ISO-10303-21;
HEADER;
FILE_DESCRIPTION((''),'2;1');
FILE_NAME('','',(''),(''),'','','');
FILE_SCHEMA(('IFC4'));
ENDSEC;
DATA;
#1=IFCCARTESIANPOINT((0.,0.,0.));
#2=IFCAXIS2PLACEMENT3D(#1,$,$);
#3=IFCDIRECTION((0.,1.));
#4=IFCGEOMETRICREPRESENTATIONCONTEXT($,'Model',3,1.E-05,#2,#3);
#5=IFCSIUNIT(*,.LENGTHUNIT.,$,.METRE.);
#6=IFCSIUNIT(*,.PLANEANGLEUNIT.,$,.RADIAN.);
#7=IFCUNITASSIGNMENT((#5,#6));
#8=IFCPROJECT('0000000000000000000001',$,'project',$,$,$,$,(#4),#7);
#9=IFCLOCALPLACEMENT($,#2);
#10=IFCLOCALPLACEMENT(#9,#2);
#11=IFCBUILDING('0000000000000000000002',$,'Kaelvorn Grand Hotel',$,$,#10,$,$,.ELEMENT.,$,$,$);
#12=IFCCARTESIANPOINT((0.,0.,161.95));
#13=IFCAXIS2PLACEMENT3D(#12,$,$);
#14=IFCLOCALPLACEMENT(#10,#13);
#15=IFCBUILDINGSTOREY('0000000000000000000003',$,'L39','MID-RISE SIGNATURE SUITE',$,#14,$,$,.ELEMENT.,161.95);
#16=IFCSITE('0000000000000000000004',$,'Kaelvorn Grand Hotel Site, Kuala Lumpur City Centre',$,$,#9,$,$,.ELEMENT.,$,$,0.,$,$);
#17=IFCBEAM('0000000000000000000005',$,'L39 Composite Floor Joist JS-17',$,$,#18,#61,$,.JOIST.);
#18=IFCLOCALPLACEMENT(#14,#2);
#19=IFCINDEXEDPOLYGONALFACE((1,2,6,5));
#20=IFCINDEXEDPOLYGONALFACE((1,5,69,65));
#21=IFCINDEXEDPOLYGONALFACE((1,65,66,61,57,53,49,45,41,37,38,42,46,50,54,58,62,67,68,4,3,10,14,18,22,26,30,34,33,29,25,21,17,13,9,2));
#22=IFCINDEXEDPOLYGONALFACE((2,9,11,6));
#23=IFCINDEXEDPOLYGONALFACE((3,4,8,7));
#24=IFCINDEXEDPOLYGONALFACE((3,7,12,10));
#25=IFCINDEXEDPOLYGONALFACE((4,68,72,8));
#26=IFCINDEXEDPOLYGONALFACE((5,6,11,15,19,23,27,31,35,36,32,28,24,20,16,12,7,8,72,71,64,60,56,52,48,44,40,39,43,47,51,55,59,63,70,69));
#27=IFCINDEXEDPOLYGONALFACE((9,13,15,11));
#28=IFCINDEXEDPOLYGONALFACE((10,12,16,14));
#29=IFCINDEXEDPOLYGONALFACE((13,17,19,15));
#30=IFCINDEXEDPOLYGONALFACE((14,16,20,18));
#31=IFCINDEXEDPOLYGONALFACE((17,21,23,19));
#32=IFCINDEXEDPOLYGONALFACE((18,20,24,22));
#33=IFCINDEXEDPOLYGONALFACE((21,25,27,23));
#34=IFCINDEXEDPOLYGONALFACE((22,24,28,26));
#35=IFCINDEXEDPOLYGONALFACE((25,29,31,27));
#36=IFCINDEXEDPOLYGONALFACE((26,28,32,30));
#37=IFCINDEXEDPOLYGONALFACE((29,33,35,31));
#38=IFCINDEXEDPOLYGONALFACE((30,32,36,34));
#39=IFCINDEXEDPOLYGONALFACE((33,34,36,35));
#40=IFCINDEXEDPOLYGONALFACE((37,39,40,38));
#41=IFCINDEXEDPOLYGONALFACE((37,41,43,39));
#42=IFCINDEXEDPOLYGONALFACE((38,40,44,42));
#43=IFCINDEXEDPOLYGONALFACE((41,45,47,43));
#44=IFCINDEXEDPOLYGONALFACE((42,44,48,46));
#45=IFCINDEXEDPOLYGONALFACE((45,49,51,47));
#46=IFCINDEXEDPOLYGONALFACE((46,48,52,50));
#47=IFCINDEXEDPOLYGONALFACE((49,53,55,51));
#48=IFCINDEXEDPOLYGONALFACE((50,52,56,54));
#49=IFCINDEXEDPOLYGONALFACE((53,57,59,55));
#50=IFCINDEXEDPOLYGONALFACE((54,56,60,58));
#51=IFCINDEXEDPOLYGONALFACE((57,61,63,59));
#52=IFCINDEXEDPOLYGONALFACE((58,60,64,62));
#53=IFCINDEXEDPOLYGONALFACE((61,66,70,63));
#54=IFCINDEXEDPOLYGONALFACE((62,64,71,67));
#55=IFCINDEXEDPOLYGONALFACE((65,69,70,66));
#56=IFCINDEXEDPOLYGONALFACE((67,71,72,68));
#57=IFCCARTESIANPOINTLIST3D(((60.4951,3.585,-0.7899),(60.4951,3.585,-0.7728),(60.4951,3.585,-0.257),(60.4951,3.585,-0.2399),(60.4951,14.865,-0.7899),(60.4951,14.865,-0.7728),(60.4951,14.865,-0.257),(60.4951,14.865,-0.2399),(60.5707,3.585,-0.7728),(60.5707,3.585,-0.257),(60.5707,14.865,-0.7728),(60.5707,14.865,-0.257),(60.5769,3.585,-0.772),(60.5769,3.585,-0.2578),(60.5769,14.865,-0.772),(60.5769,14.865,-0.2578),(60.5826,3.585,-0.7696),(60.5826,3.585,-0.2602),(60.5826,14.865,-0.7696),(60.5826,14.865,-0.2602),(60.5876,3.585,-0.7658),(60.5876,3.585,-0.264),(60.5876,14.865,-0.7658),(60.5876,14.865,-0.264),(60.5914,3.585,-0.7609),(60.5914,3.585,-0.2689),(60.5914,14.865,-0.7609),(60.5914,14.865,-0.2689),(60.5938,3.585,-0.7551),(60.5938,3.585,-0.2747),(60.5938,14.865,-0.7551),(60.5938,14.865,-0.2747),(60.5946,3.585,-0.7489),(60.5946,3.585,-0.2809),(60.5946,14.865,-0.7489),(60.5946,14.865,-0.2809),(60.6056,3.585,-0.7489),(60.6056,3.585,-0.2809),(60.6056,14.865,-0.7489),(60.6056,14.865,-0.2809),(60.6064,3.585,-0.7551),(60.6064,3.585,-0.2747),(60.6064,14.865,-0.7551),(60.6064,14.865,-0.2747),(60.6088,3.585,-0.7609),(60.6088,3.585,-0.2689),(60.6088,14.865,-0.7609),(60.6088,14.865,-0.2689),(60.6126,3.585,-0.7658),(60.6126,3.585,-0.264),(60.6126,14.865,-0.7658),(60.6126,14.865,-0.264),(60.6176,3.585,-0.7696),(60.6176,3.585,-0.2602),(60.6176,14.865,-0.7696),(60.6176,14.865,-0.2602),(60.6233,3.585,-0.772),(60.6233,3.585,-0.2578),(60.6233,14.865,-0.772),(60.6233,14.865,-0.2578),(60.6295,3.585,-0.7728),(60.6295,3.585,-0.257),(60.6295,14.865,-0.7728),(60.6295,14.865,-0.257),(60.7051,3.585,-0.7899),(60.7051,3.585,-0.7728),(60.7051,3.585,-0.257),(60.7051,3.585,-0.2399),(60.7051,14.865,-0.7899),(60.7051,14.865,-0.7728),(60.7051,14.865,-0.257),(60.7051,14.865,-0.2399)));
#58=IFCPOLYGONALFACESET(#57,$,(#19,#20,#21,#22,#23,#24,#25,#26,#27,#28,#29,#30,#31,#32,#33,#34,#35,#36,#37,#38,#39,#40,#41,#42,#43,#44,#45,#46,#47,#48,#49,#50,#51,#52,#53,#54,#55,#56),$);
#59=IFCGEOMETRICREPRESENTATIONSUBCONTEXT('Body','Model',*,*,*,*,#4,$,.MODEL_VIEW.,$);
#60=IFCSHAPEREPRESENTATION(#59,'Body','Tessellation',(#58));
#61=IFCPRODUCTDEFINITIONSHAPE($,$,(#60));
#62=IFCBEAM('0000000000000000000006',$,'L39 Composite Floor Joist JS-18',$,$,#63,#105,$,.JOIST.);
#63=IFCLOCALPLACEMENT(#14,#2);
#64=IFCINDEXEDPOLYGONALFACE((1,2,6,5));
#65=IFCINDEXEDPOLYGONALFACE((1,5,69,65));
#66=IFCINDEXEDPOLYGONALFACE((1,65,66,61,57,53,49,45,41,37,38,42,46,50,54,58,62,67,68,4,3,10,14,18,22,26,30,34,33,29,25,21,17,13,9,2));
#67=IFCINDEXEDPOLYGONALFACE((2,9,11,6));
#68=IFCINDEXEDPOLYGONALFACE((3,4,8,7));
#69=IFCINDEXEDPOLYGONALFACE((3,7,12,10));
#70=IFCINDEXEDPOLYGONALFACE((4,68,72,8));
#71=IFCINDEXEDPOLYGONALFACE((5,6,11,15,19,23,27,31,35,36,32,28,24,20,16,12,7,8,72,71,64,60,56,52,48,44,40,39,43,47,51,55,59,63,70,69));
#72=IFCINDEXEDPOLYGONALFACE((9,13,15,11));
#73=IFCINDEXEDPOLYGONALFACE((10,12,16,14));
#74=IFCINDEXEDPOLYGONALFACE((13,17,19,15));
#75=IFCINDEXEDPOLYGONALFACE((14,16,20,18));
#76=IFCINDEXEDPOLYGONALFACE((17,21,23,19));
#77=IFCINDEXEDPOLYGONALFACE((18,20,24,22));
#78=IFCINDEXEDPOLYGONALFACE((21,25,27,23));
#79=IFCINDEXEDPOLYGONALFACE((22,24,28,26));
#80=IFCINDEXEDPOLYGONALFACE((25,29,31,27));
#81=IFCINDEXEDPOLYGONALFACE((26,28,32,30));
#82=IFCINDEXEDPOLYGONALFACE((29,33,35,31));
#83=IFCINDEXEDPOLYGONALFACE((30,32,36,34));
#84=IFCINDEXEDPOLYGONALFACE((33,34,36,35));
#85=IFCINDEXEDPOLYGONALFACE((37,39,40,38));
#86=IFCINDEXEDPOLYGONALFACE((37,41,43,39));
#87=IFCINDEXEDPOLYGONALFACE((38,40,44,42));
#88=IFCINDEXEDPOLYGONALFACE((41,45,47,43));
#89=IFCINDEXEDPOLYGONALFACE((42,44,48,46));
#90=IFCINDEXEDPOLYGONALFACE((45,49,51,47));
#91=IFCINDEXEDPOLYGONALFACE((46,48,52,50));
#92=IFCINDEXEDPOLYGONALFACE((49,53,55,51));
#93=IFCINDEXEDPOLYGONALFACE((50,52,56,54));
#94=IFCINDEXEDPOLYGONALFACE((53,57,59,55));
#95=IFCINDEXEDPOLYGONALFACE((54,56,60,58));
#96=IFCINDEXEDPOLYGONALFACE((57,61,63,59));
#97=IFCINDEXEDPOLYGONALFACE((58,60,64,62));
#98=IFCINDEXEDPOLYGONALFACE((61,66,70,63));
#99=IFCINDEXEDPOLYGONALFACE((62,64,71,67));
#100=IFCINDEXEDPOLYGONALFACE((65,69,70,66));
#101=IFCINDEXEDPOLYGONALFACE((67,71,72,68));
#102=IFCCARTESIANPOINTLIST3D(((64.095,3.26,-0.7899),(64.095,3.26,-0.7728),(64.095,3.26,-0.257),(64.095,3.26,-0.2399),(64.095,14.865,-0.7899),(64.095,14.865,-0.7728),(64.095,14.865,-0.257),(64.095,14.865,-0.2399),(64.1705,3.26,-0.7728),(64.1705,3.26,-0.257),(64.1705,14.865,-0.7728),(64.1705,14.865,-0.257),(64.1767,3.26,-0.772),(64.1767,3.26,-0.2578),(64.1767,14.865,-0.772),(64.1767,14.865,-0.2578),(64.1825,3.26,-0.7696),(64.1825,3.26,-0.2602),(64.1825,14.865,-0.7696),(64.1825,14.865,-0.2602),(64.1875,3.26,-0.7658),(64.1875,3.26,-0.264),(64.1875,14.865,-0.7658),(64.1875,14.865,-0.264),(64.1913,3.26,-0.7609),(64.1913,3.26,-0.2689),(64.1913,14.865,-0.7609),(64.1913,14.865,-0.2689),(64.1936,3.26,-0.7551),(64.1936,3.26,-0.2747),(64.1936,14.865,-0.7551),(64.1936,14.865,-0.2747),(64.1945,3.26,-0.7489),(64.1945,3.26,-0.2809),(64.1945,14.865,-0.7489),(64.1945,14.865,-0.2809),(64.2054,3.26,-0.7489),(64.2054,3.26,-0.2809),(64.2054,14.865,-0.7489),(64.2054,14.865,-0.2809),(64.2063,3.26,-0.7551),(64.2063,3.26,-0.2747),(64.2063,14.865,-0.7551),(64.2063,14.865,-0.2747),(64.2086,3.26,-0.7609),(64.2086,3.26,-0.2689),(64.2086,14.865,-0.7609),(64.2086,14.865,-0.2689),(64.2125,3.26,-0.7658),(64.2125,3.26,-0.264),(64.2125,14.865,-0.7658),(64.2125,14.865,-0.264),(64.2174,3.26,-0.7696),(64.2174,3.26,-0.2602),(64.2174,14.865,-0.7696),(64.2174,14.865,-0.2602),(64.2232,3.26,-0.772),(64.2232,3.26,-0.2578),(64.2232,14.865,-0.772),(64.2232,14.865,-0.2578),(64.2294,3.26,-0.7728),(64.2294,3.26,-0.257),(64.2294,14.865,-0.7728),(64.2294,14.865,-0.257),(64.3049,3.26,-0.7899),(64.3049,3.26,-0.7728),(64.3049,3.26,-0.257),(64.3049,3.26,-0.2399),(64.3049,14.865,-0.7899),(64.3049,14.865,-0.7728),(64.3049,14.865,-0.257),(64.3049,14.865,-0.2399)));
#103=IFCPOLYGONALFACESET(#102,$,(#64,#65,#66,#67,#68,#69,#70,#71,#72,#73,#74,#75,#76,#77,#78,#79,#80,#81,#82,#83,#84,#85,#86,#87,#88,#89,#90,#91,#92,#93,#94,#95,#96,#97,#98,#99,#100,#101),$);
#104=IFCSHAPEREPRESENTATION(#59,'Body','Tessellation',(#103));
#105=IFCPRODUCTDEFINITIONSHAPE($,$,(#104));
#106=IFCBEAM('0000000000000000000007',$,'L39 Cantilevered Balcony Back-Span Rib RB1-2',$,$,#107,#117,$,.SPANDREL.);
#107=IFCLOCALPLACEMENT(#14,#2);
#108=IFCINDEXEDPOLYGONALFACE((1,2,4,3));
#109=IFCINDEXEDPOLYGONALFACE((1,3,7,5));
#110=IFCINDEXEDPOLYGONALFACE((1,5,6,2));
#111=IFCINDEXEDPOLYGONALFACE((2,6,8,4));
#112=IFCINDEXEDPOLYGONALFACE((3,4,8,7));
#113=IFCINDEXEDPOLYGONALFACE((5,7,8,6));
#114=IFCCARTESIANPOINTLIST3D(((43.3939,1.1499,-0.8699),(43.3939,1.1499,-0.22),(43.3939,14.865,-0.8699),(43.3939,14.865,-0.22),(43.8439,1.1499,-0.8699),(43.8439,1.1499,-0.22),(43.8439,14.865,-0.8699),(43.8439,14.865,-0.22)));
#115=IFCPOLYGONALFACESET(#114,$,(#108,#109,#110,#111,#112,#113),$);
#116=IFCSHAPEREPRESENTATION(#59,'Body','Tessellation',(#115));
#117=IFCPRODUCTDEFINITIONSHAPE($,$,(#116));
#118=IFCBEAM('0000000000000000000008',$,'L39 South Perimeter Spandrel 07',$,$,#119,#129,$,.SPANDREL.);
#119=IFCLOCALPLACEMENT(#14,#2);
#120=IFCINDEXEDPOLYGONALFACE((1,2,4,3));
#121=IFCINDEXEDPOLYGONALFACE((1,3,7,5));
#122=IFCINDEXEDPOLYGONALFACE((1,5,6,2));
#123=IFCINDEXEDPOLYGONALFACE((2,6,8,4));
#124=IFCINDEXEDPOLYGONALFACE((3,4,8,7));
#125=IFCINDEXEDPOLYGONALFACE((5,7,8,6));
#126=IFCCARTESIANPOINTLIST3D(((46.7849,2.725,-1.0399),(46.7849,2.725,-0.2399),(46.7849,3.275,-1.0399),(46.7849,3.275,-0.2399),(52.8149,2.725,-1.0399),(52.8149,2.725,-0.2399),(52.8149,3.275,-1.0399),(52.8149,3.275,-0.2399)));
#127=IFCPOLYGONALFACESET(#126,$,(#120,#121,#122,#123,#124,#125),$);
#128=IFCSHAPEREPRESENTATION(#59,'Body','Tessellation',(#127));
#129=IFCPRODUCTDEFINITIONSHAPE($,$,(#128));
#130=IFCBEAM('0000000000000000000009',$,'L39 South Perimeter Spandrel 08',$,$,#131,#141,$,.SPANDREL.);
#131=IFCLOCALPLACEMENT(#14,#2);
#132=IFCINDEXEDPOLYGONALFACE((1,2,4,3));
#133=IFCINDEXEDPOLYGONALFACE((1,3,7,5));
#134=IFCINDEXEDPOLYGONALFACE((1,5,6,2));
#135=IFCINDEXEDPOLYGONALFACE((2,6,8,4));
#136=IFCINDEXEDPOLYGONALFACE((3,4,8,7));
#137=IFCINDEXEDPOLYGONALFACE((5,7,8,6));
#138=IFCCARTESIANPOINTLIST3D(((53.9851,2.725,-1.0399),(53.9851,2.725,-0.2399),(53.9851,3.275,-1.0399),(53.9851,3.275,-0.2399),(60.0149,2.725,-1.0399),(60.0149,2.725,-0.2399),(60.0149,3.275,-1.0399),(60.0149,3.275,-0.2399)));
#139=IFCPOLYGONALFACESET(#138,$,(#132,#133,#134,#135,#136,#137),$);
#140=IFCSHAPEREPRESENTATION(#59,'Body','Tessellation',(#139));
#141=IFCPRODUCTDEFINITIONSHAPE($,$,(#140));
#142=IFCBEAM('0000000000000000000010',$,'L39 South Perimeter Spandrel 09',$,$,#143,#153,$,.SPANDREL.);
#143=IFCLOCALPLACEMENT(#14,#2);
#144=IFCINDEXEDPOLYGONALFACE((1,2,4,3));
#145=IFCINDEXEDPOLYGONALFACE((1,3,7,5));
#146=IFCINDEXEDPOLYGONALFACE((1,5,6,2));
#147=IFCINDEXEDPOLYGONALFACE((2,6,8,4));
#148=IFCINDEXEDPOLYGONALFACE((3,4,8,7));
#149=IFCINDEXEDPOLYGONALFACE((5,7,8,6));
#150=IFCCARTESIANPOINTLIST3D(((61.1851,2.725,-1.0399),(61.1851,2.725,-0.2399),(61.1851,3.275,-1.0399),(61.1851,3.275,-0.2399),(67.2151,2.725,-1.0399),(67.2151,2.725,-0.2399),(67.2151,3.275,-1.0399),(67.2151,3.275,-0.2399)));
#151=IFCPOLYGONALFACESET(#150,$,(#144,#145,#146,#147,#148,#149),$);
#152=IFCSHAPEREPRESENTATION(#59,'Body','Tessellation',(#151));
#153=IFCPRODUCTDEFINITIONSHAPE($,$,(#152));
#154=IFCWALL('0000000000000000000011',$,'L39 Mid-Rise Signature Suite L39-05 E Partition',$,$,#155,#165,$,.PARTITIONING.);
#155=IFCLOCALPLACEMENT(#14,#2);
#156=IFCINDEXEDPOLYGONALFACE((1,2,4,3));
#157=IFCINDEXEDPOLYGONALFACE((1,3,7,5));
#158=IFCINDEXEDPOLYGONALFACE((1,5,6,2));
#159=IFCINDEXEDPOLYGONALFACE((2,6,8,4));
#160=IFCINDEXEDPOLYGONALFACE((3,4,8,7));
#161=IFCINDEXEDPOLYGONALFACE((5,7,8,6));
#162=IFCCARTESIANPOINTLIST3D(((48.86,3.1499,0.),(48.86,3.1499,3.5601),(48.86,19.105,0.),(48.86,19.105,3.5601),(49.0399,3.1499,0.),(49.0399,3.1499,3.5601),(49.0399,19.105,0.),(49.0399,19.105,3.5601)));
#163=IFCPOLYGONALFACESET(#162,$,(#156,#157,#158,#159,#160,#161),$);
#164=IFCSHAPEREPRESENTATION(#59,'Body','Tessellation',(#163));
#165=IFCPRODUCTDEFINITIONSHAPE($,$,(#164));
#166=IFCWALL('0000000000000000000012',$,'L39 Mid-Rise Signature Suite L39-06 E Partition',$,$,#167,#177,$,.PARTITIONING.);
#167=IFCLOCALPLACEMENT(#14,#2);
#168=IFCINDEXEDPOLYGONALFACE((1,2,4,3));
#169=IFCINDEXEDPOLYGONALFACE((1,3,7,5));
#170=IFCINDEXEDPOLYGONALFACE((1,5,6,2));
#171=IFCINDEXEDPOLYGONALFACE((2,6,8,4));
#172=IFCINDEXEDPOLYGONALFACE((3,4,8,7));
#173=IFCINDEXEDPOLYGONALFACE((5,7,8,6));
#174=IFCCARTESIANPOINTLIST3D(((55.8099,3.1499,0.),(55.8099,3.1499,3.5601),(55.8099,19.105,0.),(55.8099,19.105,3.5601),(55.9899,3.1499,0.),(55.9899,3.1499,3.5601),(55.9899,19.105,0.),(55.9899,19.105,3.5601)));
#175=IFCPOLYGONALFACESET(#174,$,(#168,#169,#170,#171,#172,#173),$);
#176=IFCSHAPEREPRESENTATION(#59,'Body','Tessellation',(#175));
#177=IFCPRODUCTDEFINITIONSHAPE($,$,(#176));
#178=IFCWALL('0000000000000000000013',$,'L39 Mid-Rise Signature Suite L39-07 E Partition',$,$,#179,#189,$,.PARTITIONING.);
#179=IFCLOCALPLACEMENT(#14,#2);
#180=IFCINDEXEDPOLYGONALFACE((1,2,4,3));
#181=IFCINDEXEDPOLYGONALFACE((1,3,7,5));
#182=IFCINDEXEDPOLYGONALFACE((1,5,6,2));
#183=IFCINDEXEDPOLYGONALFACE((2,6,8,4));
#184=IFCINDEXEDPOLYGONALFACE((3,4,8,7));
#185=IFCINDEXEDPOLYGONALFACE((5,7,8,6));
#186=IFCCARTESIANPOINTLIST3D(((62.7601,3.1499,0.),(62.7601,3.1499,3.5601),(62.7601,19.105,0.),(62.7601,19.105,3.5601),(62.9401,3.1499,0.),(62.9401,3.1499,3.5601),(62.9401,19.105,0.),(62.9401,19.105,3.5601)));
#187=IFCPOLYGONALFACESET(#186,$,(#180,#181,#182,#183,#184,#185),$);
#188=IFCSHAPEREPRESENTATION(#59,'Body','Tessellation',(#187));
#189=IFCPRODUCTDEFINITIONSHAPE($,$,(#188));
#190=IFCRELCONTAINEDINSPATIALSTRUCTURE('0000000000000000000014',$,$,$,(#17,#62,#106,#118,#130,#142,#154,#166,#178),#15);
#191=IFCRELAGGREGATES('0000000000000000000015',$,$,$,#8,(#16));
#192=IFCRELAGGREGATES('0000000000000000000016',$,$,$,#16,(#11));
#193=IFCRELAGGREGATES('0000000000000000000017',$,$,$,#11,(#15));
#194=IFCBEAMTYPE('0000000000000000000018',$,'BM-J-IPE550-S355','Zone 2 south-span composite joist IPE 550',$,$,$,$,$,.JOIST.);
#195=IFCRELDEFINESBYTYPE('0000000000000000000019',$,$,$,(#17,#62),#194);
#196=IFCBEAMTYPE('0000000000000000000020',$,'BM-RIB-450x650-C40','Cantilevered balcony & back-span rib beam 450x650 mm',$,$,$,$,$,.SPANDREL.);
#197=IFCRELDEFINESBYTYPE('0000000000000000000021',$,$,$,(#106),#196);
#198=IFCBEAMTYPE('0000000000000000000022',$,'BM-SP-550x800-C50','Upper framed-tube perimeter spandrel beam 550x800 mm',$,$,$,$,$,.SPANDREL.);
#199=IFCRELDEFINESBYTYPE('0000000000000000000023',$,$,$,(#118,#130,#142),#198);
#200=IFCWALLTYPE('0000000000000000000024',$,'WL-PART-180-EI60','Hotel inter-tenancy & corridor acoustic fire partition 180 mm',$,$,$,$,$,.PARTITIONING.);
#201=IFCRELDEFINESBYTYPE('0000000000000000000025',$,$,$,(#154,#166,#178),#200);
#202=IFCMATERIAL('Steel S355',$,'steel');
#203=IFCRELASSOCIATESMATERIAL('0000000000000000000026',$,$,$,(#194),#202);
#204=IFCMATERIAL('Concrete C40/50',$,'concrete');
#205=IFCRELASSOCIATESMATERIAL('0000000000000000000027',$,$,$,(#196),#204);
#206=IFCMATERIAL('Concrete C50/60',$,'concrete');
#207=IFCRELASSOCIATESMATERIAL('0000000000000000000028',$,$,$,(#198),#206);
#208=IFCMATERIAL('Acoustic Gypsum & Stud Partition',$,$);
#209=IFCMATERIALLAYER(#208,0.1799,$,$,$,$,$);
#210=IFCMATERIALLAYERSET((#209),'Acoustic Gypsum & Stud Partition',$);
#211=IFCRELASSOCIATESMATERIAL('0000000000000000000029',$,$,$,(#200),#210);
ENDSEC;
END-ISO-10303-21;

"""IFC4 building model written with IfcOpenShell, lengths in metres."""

from ifc_helpers import new_model, si_unit, direction, frame, frame_2d, origin, origin_2d, place, context, subcontext, project, spatial, rectangle, i_section, extrude, material, layer, layer_set, material_profile, profile_set, type_object, element, save


model = new_model("IFC4")

# Units and contexts
model_context = context("Model", 3, precision=1e-05, world=origin(), true_north=direction((0.0, 1.0)))
body_context = subcontext(model_context, "Body", "Model", "MODEL_VIEW")
ifc_project = project(units=[si_unit("LENGTHUNIT", "METRE"), si_unit("PLANEANGLEUNIT", "RADIAN")], contexts=[model_context])

# Site, building, storey
site_placement = place(None, origin())
site = spatial("IfcSite", under=ifc_project, at=site_placement, Name="Kaelvorn Grand Hotel Site, Kuala Lumpur City Centre", CompositionType="ELEMENT", RefElevation=0.0)
building_placement = place(site_placement, origin())
building = spatial("IfcBuilding", under=site, at=building_placement, Name="Kaelvorn Grand Hotel", CompositionType="ELEMENT")
storey_placement = place(building_placement, frame((0.0, 0.0, 161.95)))
storey = spatial("IfcBuildingStorey", under=building, at=storey_placement, Name="L39", Description="MID-RISE SIGNATURE SUITE", CompositionType="ELEMENT", Elevation=161.95)

# Beams
ifc_material_1 = material(Name="Steel S355", Category="steel")
ifc_material_profile_1 = material_profile(ifc_material_1, i_section(OverallWidth=0.21, OverallDepth=0.55, WebThickness=0.011, FlangeThickness=0.0171, FilletRadius=0.0239, at=origin_2d()), Name="IPE 550")
ifc_profile_set_1 = profile_set([ifc_material_profile_1], Name="Steel S355")
beam_type_1 = type_object("IfcBeamType", Name="BM-J-IPE550-S355", Description="Zone 2 south-span composite joist IPE 550", PredefinedType="JOIST", material=ifc_profile_set_1)
beam_1_placement = place(storey_placement, frame((60.6001, 3.585, -0.5149), z_axis=(0.0, 1.0, 0.0), x_axis=(-1.0, 0.0, 0.0)))
element("IfcBeam", 1, at=beam_1_placement, inside=storey, type_object=beam_type_1, Name="L39 Composite Floor Joist JS-17", PredefinedType="JOIST", context=body_context, shape_type="SweptSolid", body=[
    extrude(i_section(OverallWidth=0.21, OverallDepth=0.55, WebThickness=0.011, FlangeThickness=0.0171, FilletRadius=0.0239, at=origin_2d()), origin(), (0.0, 0.0, 1.0), 11.28),
])
beam_2_placement = place(storey_placement, frame((64.2, 3.26, -0.5149), z_axis=(0.0, 1.0, 0.0), x_axis=(-1.0, 0.0, 0.0)))
element("IfcBeam", 2, at=beam_2_placement, inside=storey, type_object=beam_type_1, Name="L39 Composite Floor Joist JS-18", PredefinedType="JOIST", context=body_context, shape_type="SweptSolid", body=[
    extrude(i_section(OverallWidth=0.21, OverallDepth=0.55, WebThickness=0.011, FlangeThickness=0.0171, FilletRadius=0.0239, at=origin_2d()), origin(), (0.0, 0.0, 1.0), 11.605),
])
ifc_material_2 = material(Name="Concrete C40/50", Category="concrete")
ifc_material_profile_2 = material_profile(ifc_material_2, rectangle(XDim=0.45, YDim=0.6499, at=origin_2d()), Name="RC RIB 450x650")
ifc_profile_set_2 = profile_set([ifc_material_profile_2], Name="Concrete C40/50")
beam_type_2 = type_object("IfcBeamType", Name="BM-RIB-450x650-C40", Description="Cantilevered balcony & back-span rib beam 450x650 mm", PredefinedType="SPANDREL", material=ifc_profile_set_2)
beam_3_placement = place(storey_placement, frame((43.6189, 1.1499, -0.5449), z_axis=(0.0, 1.0, 0.0), x_axis=(-1.0, 0.0, 0.0)))
element("IfcBeam", 3, at=beam_3_placement, inside=storey, type_object=beam_type_2, Name="L39 Cantilevered Balcony Back-Span Rib RB1-2", PredefinedType="SPANDREL", context=body_context, shape_type="SweptSolid", body=[
    extrude(rectangle(XDim=0.45, YDim=0.6499, at=origin_2d()), origin(), (0.0, 0.0, 1.0), 13.7151),
])
ifc_material_3 = material(Name="Concrete C50/60", Category="concrete")
ifc_material_profile_3 = material_profile(ifc_material_3, rectangle(XDim=0.55, YDim=0.8, at=origin_2d()), Name="RC SPANDREL 550x800")
ifc_profile_set_3 = profile_set([ifc_material_profile_3], Name="Concrete C50/60")
beam_type_3 = type_object("IfcBeamType", Name="BM-SP-550x800-C50", Description="Upper framed-tube perimeter spandrel beam 550x800 mm", PredefinedType="SPANDREL", material=ifc_profile_set_3)
beam_4_placement = place(storey_placement, frame((46.7849, 3.0, -0.6399), z_axis=(1.0, 0.0, 0.0), x_axis=(0.0, 1.0, 0.0)))
element("IfcBeam", 4, at=beam_4_placement, inside=storey, type_object=beam_type_3, Name="L39 South Perimeter Spandrel 07", PredefinedType="SPANDREL", context=body_context, shape_type="SweptSolid", body=[
    extrude(rectangle(XDim=0.55, YDim=0.8, at=origin_2d()), origin(), (0.0, 0.0, 1.0), 6.03),
])
beam_5_placement = place(storey_placement, frame((53.9851, 3.0, -0.6399), z_axis=(1.0, 0.0, 0.0), x_axis=(0.0, 1.0, 0.0)))
element("IfcBeam", 5, at=beam_5_placement, inside=storey, type_object=beam_type_3, Name="L39 South Perimeter Spandrel 08", PredefinedType="SPANDREL", context=body_context, shape_type="SweptSolid", body=[
    extrude(rectangle(XDim=0.55, YDim=0.8, at=origin_2d()), origin(), (0.0, 0.0, 1.0), 6.0298),
])
beam_6_placement = place(storey_placement, frame((61.1851, 3.0, -0.6399), z_axis=(1.0, 0.0, 0.0), x_axis=(0.0, 1.0, 0.0)))
element("IfcBeam", 6, at=beam_6_placement, inside=storey, type_object=beam_type_3, Name="L39 South Perimeter Spandrel 09", PredefinedType="SPANDREL", context=body_context, shape_type="SweptSolid", body=[
    extrude(rectangle(XDim=0.55, YDim=0.8, at=origin_2d()), origin(), (0.0, 0.0, 1.0), 6.03),
])

# Walls
ifc_material_4 = material(Name="Acoustic Gypsum & Stud Partition")
ifc_layer_1 = layer(ifc_material_4, 0.1799)
ifc_layer_set_1 = layer_set([ifc_layer_1], Name="Acoustic Gypsum & Stud Partition")
wall_type = type_object("IfcWallType", Name="WL-PART-180-EI60", Description="Hotel inter-tenancy & corridor acoustic fire partition 180 mm", PredefinedType="PARTITIONING", material=ifc_layer_set_1)
for number, where, z_axis, x_axis, name in (
    (7, (48.95, 3.1499, 0.0), (0.0, 0.0, 1.0), (0.0, 1.0, 0.0), "L39 Mid-Rise Signature Suite L39-05 E Partition"),
    (8, (55.8999, 3.1499, 0.0), (0.0, 0.0, 1.0), (0.0, 1.0, 0.0), "L39 Mid-Rise Signature Suite L39-06 E Partition"),
    (9, (62.8501, 3.1499, 0.0), (0.0, 0.0, 1.0), (0.0, 1.0, 0.0), "L39 Mid-Rise Signature Suite L39-07 E Partition"),
):
    element("IfcWall", number, at=place(storey_placement, frame(where, z_axis=z_axis, x_axis=x_axis)), inside=storey, type_object=wall_type, Name=name, PredefinedType="PARTITIONING", context=body_context, shape_type="SweptSolid", body=[
        extrude(rectangle(XDim=15.9551, YDim=0.1799, at=frame_2d((7.9775, 0.0))), origin(), (0.0, 0.0, 1.0), 3.5601),
    ])

save(model, "model.ifc")
